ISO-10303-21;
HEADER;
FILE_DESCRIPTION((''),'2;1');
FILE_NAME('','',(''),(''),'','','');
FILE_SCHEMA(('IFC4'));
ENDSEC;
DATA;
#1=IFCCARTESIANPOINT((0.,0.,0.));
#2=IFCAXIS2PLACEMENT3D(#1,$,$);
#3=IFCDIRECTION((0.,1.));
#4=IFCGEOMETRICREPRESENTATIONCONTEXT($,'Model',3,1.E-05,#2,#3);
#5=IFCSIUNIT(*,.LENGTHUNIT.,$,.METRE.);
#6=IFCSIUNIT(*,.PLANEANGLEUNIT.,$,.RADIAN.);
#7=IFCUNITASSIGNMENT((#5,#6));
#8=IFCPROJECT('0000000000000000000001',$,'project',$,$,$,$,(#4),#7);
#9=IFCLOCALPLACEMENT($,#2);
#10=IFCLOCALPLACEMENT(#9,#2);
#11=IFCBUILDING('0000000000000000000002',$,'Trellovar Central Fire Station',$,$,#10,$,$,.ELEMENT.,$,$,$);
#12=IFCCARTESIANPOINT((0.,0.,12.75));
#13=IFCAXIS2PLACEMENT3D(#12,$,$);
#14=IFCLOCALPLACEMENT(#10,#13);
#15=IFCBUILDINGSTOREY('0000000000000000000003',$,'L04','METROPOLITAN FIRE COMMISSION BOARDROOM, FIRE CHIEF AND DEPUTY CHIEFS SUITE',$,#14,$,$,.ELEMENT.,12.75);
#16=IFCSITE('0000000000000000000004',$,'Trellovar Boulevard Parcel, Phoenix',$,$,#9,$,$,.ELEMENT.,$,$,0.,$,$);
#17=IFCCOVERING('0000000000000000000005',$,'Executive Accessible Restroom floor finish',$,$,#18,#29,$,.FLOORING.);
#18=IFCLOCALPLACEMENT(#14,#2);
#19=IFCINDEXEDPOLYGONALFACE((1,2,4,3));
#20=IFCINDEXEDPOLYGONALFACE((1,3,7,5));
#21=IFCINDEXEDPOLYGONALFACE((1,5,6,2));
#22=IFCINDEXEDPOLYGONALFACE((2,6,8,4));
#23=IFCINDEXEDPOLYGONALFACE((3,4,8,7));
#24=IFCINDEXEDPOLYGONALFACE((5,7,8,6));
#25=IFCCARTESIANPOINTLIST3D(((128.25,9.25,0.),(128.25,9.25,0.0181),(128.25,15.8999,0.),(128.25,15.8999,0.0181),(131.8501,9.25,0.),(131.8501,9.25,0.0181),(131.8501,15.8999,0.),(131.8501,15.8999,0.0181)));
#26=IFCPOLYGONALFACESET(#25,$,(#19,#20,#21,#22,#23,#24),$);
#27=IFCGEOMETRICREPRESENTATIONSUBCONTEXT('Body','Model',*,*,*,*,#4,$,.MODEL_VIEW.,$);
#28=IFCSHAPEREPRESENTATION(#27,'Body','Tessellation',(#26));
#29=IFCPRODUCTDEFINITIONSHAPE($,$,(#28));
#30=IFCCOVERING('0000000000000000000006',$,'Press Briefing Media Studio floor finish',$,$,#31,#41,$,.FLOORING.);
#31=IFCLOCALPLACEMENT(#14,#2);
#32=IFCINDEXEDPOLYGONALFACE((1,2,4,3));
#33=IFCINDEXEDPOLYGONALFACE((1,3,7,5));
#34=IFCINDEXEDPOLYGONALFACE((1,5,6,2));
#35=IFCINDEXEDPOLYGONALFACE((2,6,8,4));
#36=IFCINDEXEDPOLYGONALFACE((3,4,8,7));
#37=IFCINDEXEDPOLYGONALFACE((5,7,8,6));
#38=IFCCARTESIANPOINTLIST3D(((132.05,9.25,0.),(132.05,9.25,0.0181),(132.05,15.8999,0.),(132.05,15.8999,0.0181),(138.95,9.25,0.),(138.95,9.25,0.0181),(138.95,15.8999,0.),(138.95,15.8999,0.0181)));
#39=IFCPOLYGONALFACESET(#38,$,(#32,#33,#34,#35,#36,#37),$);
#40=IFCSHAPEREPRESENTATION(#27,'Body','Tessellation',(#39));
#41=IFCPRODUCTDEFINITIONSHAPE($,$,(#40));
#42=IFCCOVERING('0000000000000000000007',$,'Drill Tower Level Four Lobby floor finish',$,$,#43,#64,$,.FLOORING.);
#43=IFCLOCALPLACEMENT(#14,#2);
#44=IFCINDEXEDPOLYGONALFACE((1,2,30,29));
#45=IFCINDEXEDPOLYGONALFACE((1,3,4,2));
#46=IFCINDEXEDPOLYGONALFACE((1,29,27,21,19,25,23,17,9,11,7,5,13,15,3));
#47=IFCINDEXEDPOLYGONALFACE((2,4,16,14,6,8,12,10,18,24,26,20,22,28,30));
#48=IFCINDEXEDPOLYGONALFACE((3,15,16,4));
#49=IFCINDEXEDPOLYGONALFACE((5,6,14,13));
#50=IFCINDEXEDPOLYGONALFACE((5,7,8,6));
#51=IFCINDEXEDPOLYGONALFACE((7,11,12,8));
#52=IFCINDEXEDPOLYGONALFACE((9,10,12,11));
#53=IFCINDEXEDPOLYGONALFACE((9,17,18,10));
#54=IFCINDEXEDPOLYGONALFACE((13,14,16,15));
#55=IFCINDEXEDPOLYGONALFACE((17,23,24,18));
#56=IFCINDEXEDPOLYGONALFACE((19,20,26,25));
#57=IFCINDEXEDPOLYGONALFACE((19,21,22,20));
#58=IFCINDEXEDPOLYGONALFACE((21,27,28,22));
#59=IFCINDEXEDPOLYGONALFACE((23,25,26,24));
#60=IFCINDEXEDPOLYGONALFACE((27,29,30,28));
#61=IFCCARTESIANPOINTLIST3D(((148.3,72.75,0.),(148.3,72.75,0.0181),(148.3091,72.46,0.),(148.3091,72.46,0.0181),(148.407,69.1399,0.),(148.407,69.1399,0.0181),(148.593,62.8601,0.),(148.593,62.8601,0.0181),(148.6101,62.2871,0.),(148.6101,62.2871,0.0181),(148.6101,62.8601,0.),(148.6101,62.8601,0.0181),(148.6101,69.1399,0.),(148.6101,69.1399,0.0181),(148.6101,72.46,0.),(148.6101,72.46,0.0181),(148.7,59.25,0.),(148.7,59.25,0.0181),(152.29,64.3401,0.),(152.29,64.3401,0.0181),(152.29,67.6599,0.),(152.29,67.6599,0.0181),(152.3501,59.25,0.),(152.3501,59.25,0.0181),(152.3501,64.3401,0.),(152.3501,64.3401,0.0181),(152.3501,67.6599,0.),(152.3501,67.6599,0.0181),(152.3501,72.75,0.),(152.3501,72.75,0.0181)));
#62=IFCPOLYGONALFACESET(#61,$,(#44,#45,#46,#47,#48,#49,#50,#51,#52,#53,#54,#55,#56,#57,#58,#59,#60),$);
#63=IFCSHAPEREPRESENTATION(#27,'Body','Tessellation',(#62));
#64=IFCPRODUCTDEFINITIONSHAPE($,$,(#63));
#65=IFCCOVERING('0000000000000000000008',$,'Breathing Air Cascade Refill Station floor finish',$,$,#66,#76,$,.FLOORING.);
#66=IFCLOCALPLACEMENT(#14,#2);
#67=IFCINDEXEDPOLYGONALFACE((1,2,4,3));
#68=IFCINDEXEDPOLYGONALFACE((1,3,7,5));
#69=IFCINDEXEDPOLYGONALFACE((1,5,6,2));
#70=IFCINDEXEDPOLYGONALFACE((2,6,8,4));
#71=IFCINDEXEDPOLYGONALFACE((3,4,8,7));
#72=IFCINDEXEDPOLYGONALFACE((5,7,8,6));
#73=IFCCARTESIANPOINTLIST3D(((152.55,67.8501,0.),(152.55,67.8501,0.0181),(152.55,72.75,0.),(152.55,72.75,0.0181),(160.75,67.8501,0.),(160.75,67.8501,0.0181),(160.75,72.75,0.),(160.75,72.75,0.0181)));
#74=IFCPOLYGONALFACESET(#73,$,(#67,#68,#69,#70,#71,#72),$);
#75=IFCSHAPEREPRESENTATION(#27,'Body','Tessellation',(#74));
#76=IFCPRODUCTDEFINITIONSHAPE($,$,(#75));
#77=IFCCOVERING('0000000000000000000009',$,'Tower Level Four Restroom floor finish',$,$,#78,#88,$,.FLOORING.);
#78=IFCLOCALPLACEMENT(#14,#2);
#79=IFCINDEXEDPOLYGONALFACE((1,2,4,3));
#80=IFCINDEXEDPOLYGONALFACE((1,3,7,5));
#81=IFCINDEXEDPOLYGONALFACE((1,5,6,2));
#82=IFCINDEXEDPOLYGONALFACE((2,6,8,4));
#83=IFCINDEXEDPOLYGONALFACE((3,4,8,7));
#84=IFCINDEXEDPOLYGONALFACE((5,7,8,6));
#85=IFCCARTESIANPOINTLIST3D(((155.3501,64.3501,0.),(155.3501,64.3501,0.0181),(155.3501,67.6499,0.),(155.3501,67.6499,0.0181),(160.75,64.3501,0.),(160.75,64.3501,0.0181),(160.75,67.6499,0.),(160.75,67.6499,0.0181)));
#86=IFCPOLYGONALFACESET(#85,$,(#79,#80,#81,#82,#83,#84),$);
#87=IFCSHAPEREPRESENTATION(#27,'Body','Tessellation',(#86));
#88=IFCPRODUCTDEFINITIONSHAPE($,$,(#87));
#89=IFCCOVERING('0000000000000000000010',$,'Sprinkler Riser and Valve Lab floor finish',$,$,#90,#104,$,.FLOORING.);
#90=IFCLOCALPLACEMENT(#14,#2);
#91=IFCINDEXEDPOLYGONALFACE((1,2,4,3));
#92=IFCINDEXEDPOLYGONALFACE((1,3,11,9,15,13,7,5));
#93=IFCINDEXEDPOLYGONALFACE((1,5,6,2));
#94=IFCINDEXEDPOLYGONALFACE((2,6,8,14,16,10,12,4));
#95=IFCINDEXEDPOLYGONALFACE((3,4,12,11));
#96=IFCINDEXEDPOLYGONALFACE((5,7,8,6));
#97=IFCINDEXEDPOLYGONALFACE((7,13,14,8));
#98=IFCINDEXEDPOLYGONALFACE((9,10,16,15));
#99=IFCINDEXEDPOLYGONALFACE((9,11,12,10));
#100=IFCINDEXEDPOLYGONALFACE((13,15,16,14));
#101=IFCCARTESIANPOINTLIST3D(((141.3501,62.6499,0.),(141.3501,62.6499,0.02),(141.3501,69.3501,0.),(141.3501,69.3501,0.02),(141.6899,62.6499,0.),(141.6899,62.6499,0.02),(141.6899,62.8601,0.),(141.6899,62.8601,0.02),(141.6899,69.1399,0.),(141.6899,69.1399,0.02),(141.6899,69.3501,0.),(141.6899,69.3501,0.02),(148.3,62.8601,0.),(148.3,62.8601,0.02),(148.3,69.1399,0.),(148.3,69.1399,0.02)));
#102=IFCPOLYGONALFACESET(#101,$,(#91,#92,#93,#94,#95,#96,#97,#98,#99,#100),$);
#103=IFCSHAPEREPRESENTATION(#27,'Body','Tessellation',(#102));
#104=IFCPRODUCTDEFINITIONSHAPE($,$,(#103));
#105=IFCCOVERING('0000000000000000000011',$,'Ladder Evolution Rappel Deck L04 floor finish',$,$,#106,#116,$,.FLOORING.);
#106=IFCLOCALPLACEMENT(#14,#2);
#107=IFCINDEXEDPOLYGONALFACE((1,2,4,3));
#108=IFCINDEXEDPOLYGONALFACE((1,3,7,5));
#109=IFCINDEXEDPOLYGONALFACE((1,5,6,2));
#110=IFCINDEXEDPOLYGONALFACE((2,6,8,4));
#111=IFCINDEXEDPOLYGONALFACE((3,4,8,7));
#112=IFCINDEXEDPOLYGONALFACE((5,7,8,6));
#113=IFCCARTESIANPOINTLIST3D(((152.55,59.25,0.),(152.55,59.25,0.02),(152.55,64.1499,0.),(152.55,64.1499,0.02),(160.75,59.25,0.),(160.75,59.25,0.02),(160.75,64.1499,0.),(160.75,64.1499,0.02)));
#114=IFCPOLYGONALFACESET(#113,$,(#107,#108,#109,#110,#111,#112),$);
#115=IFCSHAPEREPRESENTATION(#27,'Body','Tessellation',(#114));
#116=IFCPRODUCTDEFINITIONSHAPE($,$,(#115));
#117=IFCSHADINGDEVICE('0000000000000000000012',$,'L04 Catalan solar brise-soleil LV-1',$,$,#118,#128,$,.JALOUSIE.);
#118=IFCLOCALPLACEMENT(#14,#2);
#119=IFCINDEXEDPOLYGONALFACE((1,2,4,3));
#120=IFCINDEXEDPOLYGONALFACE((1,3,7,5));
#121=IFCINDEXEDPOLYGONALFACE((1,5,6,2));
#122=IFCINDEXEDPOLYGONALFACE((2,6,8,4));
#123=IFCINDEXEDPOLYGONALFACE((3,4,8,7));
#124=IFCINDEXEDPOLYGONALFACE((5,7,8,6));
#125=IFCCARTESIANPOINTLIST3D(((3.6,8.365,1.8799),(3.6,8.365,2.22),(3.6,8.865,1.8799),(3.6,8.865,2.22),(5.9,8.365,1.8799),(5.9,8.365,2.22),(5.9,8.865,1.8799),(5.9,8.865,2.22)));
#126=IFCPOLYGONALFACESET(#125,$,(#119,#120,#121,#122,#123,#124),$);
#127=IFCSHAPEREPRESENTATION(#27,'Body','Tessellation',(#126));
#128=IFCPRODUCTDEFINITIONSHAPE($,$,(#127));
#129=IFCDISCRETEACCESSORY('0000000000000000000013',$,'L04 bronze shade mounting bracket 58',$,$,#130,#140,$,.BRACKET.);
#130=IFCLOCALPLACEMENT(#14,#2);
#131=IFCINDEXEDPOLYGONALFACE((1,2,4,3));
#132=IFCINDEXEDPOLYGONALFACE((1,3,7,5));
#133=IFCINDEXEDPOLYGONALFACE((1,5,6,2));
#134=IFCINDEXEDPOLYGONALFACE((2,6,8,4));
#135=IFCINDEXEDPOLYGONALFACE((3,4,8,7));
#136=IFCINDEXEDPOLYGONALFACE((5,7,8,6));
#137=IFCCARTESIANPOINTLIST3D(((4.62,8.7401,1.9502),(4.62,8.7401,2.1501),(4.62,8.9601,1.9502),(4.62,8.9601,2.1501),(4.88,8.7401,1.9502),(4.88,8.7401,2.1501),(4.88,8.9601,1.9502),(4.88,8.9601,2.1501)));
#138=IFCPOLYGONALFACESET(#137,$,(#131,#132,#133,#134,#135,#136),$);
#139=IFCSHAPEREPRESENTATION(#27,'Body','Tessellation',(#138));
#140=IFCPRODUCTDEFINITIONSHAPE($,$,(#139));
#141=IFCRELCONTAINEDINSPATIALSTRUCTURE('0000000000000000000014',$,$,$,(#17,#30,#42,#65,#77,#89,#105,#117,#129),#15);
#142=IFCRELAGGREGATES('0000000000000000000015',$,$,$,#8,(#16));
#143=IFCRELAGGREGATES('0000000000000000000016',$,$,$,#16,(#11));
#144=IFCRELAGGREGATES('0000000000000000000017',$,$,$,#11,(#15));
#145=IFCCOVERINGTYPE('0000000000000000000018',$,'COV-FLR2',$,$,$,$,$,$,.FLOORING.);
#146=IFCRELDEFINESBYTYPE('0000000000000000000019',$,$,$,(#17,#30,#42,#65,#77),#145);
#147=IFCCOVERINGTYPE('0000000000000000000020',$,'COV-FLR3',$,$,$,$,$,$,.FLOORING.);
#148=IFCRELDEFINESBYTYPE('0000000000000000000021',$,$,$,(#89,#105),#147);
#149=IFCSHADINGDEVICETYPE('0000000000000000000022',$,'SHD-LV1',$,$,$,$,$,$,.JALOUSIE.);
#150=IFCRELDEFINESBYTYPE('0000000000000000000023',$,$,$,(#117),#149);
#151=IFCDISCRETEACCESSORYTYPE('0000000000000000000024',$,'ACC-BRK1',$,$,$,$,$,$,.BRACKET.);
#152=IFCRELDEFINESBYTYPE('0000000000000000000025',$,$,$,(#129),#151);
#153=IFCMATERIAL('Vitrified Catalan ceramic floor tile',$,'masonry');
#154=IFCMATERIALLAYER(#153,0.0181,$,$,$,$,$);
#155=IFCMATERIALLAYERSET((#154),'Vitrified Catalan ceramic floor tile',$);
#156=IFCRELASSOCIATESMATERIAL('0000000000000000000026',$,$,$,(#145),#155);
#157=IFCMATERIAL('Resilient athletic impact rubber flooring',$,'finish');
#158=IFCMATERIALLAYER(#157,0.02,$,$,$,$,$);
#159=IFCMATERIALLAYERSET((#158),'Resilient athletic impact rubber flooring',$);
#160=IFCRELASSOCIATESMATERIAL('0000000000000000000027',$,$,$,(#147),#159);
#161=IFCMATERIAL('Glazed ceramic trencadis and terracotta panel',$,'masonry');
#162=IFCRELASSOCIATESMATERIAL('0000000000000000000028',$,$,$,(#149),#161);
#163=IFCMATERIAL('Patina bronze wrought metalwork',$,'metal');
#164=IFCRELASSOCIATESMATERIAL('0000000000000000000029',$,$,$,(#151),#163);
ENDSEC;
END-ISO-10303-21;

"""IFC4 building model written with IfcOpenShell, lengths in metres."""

from ifc_helpers import new_model, si_unit, direction, frame, origin, origin_2d, place, context, subcontext, project, spatial, polyline, rectangle, outline, extrude, material, layer, layer_set, type_object, element, save


model = new_model("IFC4")

# Units and contexts
model_context = context("Model", 3, precision=1e-05, world=origin(), true_north=direction((0.0, 1.0)))
body_context = subcontext(model_context, "Body", "Model", "MODEL_VIEW")
ifc_project = project(units=[si_unit("LENGTHUNIT", "METRE"), si_unit("PLANEANGLEUNIT", "RADIAN")], contexts=[model_context])

# Site, building, storey
site_placement = place(None, origin())
site = spatial("IfcSite", under=ifc_project, at=site_placement, Name="Trellovar Boulevard Parcel, Phoenix", CompositionType="ELEMENT", RefElevation=0.0)
building_placement = place(site_placement, origin())
building = spatial("IfcBuilding", under=site, at=building_placement, Name="Trellovar Central Fire Station", CompositionType="ELEMENT")
storey_placement = place(building_placement, frame((0.0, 0.0, 12.75)))
storey = spatial("IfcBuildingStorey", under=building, at=storey_placement, Name="L04", Description="METROPOLITAN FIRE COMMISSION BOARDROOM, FIRE CHIEF AND DEPUTY CHIEFS SUITE", CompositionType="ELEMENT", Elevation=12.75)

# Coverings
ifc_material_1 = material(Name="Vitrified Catalan ceramic floor tile", Category="masonry")
ifc_layer_1 = layer(ifc_material_1, 0.0181)
ifc_layer_set_1 = layer_set([ifc_layer_1], Name="Vitrified Catalan ceramic floor tile")
covering_type_1 = type_object("IfcCoveringType", Name="COV-FLR2", PredefinedType="FLOORING", material=ifc_layer_set_1)
covering_1_placement = place(storey_placement, origin())
element("IfcCovering", 1, at=covering_1_placement, inside=storey, type_object=covering_type_1, Name="Executive Accessible Restroom floor finish", PredefinedType="FLOORING", context=body_context, shape_type="SweptSolid", body=[
    extrude(outline(polyline([(131.8501, 15.8999), (131.8501, 9.25), (128.25, 9.25), (128.25, 15.8999), (131.8501, 15.8999)])), origin(), (0.0, 0.0, 1.0), 0.0181),
])
covering_2_placement = place(storey_placement, origin())
element("IfcCovering", 2, at=covering_2_placement, inside=storey, type_object=covering_type_1, Name="Press Briefing Media Studio floor finish", PredefinedType="FLOORING", context=body_context, shape_type="SweptSolid", body=[
    extrude(outline(polyline([(138.95, 15.8999), (138.95, 9.25), (132.05, 9.25), (132.05, 15.8999), (138.95, 15.8999)])), origin(), (0.0, 0.0, 1.0), 0.0181),
])
covering_3_placement = place(storey_placement, origin())
element("IfcCovering", 3, at=covering_3_placement, inside=storey, type_object=covering_type_1, Name="Drill Tower Level Four Lobby floor finish", PredefinedType="FLOORING", context=body_context, shape_type="SweptSolid", body=[
    extrude(outline(polyline([(148.6101, 72.46), (148.3091, 72.46), (148.3, 72.75), (152.3501, 72.75), (152.3501, 67.6599), (152.29, 67.6599), (152.29, 64.3401), (152.3501, 64.3401), (152.3501, 59.25), (148.7, 59.25), (148.6101, 62.2871), (148.6101, 62.8601), (148.593, 62.8601), (148.407, 69.1399), (148.6101, 69.1399), (148.6101, 72.46)])), origin(), (0.0, 0.0, 1.0), 0.0181),
])
covering_4_placement = place(storey_placement, origin())
element("IfcCovering", 4, at=covering_4_placement, inside=storey, type_object=covering_type_1, Name="Breathing Air Cascade Refill Station floor finish", PredefinedType="FLOORING", context=body_context, shape_type="SweptSolid", body=[
    extrude(outline(polyline([(160.75, 72.75), (160.75, 67.8501), (152.55, 67.8501), (152.55, 72.75), (160.75, 72.75)])), origin(), (0.0, 0.0, 1.0), 0.0181),
])
covering_5_placement = place(storey_placement, origin())
element("IfcCovering", 5, at=covering_5_placement, inside=storey, type_object=covering_type_1, Name="Tower Level Four Restroom floor finish", PredefinedType="FLOORING", context=body_context, shape_type="SweptSolid", body=[
    extrude(outline(polyline([(160.75, 67.6499), (160.75, 64.3501), (155.3501, 64.3501), (155.3501, 67.6499), (160.75, 67.6499)])), origin(), (0.0, 0.0, 1.0), 0.0181),
])
ifc_material_2 = material(Name="Resilient athletic impact rubber flooring", Category="finish")
ifc_layer_2 = layer(ifc_material_2, 0.02)
ifc_layer_set_2 = layer_set([ifc_layer_2], Name="Resilient athletic impact rubber flooring")
covering_type_2 = type_object("IfcCoveringType", Name="COV-FLR3", PredefinedType="FLOORING", material=ifc_layer_set_2)
covering_6_placement = place(storey_placement, origin())
element("IfcCovering", 6, at=covering_6_placement, inside=storey, type_object=covering_type_2, Name="Sprinkler Riser and Valve Lab floor finish", PredefinedType="FLOORING", context=body_context, shape_type="SweptSolid", body=[
    extrude(outline(polyline([(141.6899, 62.8601), (141.6899, 62.6499), (141.3501, 62.6499), (141.3501, 69.3501), (141.6899, 69.3501), (141.6899, 69.1399), (148.3, 69.1399), (148.3, 62.8601), (141.6899, 62.8601)])), origin(), (0.0, 0.0, 1.0), 0.02),
])
covering_7_placement = place(storey_placement, origin())
element("IfcCovering", 7, at=covering_7_placement, inside=storey, type_object=covering_type_2, Name="Ladder Evolution Rappel Deck L04 floor finish", PredefinedType="FLOORING", context=body_context, shape_type="SweptSolid", body=[
    extrude(outline(polyline([(160.75, 64.1499), (160.75, 59.25), (152.55, 59.25), (152.55, 64.1499), (160.75, 64.1499)])), origin(), (0.0, 0.0, 1.0), 0.02),
])

# Shading device
ifc_material_3 = material(Name="Glazed ceramic trencadis and terracotta panel", Category="masonry")
shading_device_type = type_object("IfcShadingDeviceType", Name="SHD-LV1", PredefinedType="JALOUSIE", material=ifc_material_3)
shading_device_placement = place(storey_placement, frame((4.75, 8.615, 1.8799), z_axis=(0.0, 0.0, 1.0), x_axis=(1.0, 0.0, 0.0)))
element("IfcShadingDevice", 8, at=shading_device_placement, inside=storey, type_object=shading_device_type, Name="L04 Catalan solar brise-soleil LV-1", PredefinedType="JALOUSIE", context=body_context, shape_type="SweptSolid", body=[
    extrude(rectangle(XDim=2.3, YDim=0.5, at=origin_2d()), origin(), (0.0, 0.0, 1.0), 0.3401),
])

# Discrete accessory
ifc_material_4 = material(Name="Patina bronze wrought metalwork", Category="metal")
discrete_accessory_type = type_object("IfcDiscreteAccessoryType", Name="ACC-BRK1", PredefinedType="BRACKET", material=ifc_material_4)
discrete_accessory_placement = place(storey_placement, frame((4.75, 8.8501, 1.9502), z_axis=(0.0, 0.0, 1.0), x_axis=(1.0, 0.0, 0.0)))
element("IfcDiscreteAccessory", 9, at=discrete_accessory_placement, inside=storey, type_object=discrete_accessory_type, Name="L04 bronze shade mounting bracket 58", PredefinedType="BRACKET", context=body_context, shape_type="SweptSolid", body=[
    extrude(rectangle(XDim=0.26, YDim=0.22, at=origin_2d()), origin(), (0.0, 0.0, 1.0), 0.2),
])

save(model, "model.ifc")
